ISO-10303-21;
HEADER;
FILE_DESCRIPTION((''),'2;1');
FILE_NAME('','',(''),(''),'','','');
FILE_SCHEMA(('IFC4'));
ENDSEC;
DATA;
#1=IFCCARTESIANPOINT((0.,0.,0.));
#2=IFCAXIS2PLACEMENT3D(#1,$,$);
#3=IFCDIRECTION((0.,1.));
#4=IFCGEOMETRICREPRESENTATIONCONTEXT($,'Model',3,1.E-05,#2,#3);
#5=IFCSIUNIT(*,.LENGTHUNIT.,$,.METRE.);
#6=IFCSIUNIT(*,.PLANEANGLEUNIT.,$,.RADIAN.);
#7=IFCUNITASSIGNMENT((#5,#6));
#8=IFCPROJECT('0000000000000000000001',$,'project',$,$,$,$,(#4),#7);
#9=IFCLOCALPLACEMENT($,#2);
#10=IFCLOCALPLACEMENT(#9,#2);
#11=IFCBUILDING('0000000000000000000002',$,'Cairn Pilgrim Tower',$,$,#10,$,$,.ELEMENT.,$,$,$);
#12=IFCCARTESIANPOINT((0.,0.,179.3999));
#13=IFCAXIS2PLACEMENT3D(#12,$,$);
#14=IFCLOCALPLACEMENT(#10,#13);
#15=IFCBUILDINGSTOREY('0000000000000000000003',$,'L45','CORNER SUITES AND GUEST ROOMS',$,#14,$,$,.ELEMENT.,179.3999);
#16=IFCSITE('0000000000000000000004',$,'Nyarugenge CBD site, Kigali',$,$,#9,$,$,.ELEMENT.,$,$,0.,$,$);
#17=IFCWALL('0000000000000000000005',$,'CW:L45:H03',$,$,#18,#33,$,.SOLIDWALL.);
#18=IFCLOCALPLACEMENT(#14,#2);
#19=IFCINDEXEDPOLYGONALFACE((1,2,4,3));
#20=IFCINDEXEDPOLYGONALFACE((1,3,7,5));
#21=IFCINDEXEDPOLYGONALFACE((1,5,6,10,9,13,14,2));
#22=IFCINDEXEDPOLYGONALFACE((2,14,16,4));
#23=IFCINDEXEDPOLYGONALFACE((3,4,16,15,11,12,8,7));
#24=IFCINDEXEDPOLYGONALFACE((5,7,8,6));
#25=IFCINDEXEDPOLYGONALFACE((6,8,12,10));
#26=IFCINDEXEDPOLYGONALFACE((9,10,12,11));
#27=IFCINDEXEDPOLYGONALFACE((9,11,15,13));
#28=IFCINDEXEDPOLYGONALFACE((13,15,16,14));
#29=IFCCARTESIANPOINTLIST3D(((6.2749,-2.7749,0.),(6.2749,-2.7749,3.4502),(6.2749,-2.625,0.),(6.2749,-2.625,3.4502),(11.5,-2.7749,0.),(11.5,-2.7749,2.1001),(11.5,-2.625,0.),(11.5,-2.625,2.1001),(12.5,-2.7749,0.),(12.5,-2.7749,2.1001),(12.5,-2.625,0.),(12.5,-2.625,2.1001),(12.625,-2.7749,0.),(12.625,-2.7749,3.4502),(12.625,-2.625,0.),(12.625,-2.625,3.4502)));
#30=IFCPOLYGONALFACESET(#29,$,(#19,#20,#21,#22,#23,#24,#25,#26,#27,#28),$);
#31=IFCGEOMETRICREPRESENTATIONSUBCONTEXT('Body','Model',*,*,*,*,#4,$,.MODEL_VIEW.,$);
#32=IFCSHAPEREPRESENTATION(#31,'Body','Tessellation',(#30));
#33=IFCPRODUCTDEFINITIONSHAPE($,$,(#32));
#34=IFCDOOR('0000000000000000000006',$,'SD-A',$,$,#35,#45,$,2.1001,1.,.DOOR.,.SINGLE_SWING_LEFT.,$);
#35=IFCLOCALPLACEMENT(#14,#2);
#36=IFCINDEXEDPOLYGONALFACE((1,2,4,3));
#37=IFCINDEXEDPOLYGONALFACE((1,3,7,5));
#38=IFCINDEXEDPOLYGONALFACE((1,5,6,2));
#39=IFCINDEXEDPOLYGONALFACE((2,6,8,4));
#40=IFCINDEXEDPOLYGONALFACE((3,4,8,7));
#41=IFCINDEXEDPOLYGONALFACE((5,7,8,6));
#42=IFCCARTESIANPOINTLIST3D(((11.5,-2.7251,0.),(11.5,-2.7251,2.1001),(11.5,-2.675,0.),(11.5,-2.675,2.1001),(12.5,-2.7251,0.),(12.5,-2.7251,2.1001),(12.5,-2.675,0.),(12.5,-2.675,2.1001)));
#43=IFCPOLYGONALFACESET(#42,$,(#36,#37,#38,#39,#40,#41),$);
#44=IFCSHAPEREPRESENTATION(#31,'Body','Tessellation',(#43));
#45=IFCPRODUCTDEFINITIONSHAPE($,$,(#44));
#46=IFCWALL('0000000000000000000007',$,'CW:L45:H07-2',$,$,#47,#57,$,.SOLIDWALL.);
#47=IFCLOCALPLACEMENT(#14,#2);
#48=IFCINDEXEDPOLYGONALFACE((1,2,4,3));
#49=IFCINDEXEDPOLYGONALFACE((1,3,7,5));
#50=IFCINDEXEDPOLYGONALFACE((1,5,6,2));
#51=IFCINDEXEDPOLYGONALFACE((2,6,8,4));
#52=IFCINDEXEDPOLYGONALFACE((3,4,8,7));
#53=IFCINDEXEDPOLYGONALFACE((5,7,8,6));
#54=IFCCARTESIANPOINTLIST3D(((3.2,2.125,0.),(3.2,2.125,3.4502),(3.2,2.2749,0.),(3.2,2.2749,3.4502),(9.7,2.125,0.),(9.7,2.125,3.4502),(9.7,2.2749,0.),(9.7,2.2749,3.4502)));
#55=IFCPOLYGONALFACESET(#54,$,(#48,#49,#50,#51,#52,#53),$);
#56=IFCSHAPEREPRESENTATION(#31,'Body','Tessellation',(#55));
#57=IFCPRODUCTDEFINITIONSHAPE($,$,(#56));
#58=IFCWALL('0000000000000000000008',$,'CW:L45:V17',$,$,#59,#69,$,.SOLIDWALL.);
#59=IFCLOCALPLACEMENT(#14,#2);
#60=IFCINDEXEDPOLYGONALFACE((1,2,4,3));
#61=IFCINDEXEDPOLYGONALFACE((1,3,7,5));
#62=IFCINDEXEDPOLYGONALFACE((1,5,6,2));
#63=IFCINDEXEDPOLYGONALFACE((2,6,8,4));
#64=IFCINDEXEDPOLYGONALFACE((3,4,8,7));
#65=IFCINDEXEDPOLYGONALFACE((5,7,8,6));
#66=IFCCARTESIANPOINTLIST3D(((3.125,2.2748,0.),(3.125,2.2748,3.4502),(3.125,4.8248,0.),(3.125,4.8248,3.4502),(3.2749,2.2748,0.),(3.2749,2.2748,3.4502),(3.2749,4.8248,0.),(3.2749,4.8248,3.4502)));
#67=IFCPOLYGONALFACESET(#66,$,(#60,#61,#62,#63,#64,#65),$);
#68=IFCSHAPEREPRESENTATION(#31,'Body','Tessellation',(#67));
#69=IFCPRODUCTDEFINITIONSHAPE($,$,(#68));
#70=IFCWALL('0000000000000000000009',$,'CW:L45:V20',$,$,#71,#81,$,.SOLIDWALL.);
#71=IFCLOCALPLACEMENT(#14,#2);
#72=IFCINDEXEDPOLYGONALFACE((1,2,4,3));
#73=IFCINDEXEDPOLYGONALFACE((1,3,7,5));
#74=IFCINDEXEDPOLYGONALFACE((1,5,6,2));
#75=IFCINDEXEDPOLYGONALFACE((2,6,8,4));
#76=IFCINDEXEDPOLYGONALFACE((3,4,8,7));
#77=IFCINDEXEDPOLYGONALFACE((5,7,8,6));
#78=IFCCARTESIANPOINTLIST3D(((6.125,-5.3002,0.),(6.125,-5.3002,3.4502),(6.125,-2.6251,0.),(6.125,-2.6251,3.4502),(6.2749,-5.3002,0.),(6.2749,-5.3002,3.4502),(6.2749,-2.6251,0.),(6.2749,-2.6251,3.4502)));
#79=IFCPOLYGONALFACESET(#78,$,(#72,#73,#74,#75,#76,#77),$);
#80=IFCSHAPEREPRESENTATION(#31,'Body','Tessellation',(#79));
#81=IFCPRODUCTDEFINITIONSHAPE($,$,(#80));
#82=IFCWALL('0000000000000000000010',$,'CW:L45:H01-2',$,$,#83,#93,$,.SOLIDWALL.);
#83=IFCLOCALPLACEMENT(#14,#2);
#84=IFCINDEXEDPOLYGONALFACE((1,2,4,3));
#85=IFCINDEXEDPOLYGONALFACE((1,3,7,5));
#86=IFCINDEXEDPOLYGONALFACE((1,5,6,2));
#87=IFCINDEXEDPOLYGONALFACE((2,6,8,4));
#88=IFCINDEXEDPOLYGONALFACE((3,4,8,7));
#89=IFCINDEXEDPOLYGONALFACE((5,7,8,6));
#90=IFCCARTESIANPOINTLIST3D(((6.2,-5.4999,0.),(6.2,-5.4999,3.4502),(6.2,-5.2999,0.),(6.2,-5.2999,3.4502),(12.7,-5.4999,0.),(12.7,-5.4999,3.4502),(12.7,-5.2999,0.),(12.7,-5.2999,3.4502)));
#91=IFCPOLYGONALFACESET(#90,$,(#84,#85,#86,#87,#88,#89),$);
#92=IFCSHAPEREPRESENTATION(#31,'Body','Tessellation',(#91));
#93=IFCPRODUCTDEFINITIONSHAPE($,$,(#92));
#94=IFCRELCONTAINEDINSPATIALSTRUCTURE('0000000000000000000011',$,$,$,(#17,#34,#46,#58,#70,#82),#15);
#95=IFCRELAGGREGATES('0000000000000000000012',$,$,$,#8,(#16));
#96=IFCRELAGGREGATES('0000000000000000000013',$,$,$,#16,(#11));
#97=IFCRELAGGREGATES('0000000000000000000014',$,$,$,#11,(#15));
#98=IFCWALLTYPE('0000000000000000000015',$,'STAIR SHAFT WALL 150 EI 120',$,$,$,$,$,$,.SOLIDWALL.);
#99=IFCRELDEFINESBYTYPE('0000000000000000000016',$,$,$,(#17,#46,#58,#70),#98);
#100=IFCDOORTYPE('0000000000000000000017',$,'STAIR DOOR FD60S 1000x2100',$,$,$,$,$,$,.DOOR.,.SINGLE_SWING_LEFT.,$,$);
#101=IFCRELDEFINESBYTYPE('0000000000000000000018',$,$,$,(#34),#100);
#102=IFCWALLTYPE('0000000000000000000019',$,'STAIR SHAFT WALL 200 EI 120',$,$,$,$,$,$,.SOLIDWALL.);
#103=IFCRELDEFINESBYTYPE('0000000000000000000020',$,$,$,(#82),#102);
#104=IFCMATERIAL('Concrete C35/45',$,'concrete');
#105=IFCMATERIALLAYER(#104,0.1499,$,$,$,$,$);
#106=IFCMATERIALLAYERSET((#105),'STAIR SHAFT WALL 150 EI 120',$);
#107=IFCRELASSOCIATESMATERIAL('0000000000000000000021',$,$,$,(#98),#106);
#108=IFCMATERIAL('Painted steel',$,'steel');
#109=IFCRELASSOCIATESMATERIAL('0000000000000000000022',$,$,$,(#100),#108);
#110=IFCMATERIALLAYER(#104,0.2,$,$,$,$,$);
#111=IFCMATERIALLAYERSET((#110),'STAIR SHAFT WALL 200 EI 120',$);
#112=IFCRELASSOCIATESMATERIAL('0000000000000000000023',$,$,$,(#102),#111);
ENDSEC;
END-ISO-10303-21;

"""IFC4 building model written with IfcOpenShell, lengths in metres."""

from ifc_helpers import new_model, si_unit, direction, frame, frame_2d, origin, place, context, subcontext, project, spatial, rectangle, extrude, material, layer, layer_set, type_object, element, fill, save


model = new_model("IFC4")

# Units and contexts
model_context = context("Model", 3, precision=1e-05, world=origin(), true_north=direction((0.0, 1.0)))
body_context = subcontext(model_context, "Body", "Model", "MODEL_VIEW")
ifc_project = project(units=[si_unit("LENGTHUNIT", "METRE"), si_unit("PLANEANGLEUNIT", "RADIAN")], contexts=[model_context])

# Site, building, storey
site_placement = place(None, origin())
site = spatial("IfcSite", under=ifc_project, at=site_placement, Name="Nyarugenge CBD site, Kigali", CompositionType="ELEMENT", RefElevation=0.0)
building_placement = place(site_placement, origin())
building = spatial("IfcBuilding", under=site, at=building_placement, Name="Cairn Pilgrim Tower", CompositionType="ELEMENT")
storey_placement = place(building_placement, frame((0.0, 0.0, 179.3999)))
storey = spatial("IfcBuildingStorey", under=building, at=storey_placement, Name="L45", Description="CORNER SUITES AND GUEST ROOMS", CompositionType="ELEMENT", Elevation=179.3999)

# Shared definitions
ifc_material_1 = material(Name="Concrete C35/45", Category="concrete")

# Wall, opening, door
ifc_layer_1 = layer(ifc_material_1, 0.1499)
ifc_layer_set_1 = layer_set([ifc_layer_1], Name="STAIR SHAFT WALL 150 EI 120")
wall_type_1 = type_object("IfcWallType", Name="STAIR SHAFT WALL 150 EI 120", PredefinedType="SOLIDWALL", material=ifc_layer_set_1)
wall_1_placement = place(storey_placement, frame((6.2749, -2.7, 0.0), z_axis=(0.0, 0.0, 1.0), x_axis=(1.0, 0.0, 0.0)))
wall_1 = element("IfcWall", 1, at=wall_1_placement, inside=storey, type_object=wall_type_1, Name="CW:L45:H03", PredefinedType="SOLIDWALL", context=body_context, shape_type="SweptSolid", body=[
    extrude(rectangle(XDim=6.3501, YDim=0.1499, at=frame_2d((3.175, 0.0))), origin(), (0.0, 0.0, 1.0), 3.4502),
])
opening_placement = place(wall_1_placement, frame((5.2251, 0.0, 0.0)))
opening = element("IfcOpeningElement", 2, at=opening_placement, cuts=wall_1, PredefinedType="OPENING", context=body_context, shape_type="SweptSolid", body=[
    extrude(rectangle(XDim=1.0, YDim=2.1001, at=frame_2d((0.5, 1.05))), frame((0.0, 0.085, 0.0), z_axis=(0.0, -1.0, 0.0), x_axis=(1.0, 0.0, 0.0)), (0.0, 0.0, 1.0), 0.1699),
])
ifc_material_2 = material(Name="Painted steel", Category="steel")
door_type = type_object("IfcDoorType", Name="STAIR DOOR FD60S 1000x2100", OperationType="SINGLE_SWING_LEFT", PredefinedType="DOOR", material=ifc_material_2)
door_placement = place(opening_placement, origin())
door = element("IfcDoor", 3, at=door_placement, inside=storey, type_object=door_type, Name="SD-A", OperationType="SINGLE_SWING_LEFT", OverallHeight=2.1001, OverallWidth=1.0, PredefinedType="DOOR", context=body_context, shape_type="SweptSolid", body=[
    extrude(rectangle(XDim=1.0, YDim=2.1001, at=frame_2d((0.5, 1.05))), frame((0.0, 0.0249, 0.0), z_axis=(0.0, -1.0, 0.0), x_axis=(1.0, 0.0, 0.0)), (0.0, 0.0, 1.0), 0.05),
])
fill(opening, door)

# Walls
wall_2_placement = place(storey_placement, frame((3.2, 2.2, 0.0), z_axis=(0.0, 0.0, 1.0), x_axis=(1.0, 0.0, 0.0)))
element("IfcWall", 4, at=wall_2_placement, inside=storey, type_object=wall_type_1, Name="CW:L45:H07-2", PredefinedType="SOLIDWALL", context=body_context, shape_type="SweptSolid", body=[
    extrude(rectangle(XDim=6.5, YDim=0.1499, at=frame_2d((3.25, 0.0))), origin(), (0.0, 0.0, 1.0), 3.4502),
])
wall_3_placement = place(storey_placement, frame((3.2, 2.2749, 0.0), z_axis=(0.0, 0.0, 1.0), x_axis=(0.0, 1.0, 0.0)))
element("IfcWall", 5, at=wall_3_placement, inside=storey, type_object=wall_type_1, Name="CW:L45:V17", PredefinedType="SOLIDWALL", context=body_context, shape_type="SweptSolid", body=[
    extrude(rectangle(XDim=2.55, YDim=0.1499, at=frame_2d((1.2749, 0.0))), origin(), (0.0, 0.0, 1.0), 3.4502),
])
wall_4_placement = place(storey_placement, frame((6.2, -5.3, 0.0), z_axis=(0.0, 0.0, 1.0), x_axis=(0.0, 1.0, 0.0)))
element("IfcWall", 6, at=wall_4_placement, inside=storey, type_object=wall_type_1, Name="CW:L45:V20", PredefinedType="SOLIDWALL", context=body_context, shape_type="SweptSolid", body=[
    extrude(rectangle(XDim=2.675, YDim=0.1499, at=frame_2d((1.3374, 0.0))), origin(), (0.0, 0.0, 1.0), 3.4502),
])
ifc_layer_2 = layer(ifc_material_1, 0.2)
ifc_layer_set_2 = layer_set([ifc_layer_2], Name="STAIR SHAFT WALL 200 EI 120")
wall_type_2 = type_object("IfcWallType", Name="STAIR SHAFT WALL 200 EI 120", PredefinedType="SOLIDWALL", material=ifc_layer_set_2)
wall_5_placement = place(storey_placement, frame((6.2, -5.3999, 0.0), z_axis=(0.0, 0.0, 1.0), x_axis=(1.0, 0.0, 0.0)))
element("IfcWall", 7, at=wall_5_placement, inside=storey, type_object=wall_type_2, Name="CW:L45:H01-2", PredefinedType="SOLIDWALL", context=body_context, shape_type="SweptSolid", body=[
    extrude(rectangle(XDim=6.5, YDim=0.2, at=frame_2d((3.25, 0.0))), origin(), (0.0, 0.0, 1.0), 3.4502),
])

save(model, "model.ifc")
